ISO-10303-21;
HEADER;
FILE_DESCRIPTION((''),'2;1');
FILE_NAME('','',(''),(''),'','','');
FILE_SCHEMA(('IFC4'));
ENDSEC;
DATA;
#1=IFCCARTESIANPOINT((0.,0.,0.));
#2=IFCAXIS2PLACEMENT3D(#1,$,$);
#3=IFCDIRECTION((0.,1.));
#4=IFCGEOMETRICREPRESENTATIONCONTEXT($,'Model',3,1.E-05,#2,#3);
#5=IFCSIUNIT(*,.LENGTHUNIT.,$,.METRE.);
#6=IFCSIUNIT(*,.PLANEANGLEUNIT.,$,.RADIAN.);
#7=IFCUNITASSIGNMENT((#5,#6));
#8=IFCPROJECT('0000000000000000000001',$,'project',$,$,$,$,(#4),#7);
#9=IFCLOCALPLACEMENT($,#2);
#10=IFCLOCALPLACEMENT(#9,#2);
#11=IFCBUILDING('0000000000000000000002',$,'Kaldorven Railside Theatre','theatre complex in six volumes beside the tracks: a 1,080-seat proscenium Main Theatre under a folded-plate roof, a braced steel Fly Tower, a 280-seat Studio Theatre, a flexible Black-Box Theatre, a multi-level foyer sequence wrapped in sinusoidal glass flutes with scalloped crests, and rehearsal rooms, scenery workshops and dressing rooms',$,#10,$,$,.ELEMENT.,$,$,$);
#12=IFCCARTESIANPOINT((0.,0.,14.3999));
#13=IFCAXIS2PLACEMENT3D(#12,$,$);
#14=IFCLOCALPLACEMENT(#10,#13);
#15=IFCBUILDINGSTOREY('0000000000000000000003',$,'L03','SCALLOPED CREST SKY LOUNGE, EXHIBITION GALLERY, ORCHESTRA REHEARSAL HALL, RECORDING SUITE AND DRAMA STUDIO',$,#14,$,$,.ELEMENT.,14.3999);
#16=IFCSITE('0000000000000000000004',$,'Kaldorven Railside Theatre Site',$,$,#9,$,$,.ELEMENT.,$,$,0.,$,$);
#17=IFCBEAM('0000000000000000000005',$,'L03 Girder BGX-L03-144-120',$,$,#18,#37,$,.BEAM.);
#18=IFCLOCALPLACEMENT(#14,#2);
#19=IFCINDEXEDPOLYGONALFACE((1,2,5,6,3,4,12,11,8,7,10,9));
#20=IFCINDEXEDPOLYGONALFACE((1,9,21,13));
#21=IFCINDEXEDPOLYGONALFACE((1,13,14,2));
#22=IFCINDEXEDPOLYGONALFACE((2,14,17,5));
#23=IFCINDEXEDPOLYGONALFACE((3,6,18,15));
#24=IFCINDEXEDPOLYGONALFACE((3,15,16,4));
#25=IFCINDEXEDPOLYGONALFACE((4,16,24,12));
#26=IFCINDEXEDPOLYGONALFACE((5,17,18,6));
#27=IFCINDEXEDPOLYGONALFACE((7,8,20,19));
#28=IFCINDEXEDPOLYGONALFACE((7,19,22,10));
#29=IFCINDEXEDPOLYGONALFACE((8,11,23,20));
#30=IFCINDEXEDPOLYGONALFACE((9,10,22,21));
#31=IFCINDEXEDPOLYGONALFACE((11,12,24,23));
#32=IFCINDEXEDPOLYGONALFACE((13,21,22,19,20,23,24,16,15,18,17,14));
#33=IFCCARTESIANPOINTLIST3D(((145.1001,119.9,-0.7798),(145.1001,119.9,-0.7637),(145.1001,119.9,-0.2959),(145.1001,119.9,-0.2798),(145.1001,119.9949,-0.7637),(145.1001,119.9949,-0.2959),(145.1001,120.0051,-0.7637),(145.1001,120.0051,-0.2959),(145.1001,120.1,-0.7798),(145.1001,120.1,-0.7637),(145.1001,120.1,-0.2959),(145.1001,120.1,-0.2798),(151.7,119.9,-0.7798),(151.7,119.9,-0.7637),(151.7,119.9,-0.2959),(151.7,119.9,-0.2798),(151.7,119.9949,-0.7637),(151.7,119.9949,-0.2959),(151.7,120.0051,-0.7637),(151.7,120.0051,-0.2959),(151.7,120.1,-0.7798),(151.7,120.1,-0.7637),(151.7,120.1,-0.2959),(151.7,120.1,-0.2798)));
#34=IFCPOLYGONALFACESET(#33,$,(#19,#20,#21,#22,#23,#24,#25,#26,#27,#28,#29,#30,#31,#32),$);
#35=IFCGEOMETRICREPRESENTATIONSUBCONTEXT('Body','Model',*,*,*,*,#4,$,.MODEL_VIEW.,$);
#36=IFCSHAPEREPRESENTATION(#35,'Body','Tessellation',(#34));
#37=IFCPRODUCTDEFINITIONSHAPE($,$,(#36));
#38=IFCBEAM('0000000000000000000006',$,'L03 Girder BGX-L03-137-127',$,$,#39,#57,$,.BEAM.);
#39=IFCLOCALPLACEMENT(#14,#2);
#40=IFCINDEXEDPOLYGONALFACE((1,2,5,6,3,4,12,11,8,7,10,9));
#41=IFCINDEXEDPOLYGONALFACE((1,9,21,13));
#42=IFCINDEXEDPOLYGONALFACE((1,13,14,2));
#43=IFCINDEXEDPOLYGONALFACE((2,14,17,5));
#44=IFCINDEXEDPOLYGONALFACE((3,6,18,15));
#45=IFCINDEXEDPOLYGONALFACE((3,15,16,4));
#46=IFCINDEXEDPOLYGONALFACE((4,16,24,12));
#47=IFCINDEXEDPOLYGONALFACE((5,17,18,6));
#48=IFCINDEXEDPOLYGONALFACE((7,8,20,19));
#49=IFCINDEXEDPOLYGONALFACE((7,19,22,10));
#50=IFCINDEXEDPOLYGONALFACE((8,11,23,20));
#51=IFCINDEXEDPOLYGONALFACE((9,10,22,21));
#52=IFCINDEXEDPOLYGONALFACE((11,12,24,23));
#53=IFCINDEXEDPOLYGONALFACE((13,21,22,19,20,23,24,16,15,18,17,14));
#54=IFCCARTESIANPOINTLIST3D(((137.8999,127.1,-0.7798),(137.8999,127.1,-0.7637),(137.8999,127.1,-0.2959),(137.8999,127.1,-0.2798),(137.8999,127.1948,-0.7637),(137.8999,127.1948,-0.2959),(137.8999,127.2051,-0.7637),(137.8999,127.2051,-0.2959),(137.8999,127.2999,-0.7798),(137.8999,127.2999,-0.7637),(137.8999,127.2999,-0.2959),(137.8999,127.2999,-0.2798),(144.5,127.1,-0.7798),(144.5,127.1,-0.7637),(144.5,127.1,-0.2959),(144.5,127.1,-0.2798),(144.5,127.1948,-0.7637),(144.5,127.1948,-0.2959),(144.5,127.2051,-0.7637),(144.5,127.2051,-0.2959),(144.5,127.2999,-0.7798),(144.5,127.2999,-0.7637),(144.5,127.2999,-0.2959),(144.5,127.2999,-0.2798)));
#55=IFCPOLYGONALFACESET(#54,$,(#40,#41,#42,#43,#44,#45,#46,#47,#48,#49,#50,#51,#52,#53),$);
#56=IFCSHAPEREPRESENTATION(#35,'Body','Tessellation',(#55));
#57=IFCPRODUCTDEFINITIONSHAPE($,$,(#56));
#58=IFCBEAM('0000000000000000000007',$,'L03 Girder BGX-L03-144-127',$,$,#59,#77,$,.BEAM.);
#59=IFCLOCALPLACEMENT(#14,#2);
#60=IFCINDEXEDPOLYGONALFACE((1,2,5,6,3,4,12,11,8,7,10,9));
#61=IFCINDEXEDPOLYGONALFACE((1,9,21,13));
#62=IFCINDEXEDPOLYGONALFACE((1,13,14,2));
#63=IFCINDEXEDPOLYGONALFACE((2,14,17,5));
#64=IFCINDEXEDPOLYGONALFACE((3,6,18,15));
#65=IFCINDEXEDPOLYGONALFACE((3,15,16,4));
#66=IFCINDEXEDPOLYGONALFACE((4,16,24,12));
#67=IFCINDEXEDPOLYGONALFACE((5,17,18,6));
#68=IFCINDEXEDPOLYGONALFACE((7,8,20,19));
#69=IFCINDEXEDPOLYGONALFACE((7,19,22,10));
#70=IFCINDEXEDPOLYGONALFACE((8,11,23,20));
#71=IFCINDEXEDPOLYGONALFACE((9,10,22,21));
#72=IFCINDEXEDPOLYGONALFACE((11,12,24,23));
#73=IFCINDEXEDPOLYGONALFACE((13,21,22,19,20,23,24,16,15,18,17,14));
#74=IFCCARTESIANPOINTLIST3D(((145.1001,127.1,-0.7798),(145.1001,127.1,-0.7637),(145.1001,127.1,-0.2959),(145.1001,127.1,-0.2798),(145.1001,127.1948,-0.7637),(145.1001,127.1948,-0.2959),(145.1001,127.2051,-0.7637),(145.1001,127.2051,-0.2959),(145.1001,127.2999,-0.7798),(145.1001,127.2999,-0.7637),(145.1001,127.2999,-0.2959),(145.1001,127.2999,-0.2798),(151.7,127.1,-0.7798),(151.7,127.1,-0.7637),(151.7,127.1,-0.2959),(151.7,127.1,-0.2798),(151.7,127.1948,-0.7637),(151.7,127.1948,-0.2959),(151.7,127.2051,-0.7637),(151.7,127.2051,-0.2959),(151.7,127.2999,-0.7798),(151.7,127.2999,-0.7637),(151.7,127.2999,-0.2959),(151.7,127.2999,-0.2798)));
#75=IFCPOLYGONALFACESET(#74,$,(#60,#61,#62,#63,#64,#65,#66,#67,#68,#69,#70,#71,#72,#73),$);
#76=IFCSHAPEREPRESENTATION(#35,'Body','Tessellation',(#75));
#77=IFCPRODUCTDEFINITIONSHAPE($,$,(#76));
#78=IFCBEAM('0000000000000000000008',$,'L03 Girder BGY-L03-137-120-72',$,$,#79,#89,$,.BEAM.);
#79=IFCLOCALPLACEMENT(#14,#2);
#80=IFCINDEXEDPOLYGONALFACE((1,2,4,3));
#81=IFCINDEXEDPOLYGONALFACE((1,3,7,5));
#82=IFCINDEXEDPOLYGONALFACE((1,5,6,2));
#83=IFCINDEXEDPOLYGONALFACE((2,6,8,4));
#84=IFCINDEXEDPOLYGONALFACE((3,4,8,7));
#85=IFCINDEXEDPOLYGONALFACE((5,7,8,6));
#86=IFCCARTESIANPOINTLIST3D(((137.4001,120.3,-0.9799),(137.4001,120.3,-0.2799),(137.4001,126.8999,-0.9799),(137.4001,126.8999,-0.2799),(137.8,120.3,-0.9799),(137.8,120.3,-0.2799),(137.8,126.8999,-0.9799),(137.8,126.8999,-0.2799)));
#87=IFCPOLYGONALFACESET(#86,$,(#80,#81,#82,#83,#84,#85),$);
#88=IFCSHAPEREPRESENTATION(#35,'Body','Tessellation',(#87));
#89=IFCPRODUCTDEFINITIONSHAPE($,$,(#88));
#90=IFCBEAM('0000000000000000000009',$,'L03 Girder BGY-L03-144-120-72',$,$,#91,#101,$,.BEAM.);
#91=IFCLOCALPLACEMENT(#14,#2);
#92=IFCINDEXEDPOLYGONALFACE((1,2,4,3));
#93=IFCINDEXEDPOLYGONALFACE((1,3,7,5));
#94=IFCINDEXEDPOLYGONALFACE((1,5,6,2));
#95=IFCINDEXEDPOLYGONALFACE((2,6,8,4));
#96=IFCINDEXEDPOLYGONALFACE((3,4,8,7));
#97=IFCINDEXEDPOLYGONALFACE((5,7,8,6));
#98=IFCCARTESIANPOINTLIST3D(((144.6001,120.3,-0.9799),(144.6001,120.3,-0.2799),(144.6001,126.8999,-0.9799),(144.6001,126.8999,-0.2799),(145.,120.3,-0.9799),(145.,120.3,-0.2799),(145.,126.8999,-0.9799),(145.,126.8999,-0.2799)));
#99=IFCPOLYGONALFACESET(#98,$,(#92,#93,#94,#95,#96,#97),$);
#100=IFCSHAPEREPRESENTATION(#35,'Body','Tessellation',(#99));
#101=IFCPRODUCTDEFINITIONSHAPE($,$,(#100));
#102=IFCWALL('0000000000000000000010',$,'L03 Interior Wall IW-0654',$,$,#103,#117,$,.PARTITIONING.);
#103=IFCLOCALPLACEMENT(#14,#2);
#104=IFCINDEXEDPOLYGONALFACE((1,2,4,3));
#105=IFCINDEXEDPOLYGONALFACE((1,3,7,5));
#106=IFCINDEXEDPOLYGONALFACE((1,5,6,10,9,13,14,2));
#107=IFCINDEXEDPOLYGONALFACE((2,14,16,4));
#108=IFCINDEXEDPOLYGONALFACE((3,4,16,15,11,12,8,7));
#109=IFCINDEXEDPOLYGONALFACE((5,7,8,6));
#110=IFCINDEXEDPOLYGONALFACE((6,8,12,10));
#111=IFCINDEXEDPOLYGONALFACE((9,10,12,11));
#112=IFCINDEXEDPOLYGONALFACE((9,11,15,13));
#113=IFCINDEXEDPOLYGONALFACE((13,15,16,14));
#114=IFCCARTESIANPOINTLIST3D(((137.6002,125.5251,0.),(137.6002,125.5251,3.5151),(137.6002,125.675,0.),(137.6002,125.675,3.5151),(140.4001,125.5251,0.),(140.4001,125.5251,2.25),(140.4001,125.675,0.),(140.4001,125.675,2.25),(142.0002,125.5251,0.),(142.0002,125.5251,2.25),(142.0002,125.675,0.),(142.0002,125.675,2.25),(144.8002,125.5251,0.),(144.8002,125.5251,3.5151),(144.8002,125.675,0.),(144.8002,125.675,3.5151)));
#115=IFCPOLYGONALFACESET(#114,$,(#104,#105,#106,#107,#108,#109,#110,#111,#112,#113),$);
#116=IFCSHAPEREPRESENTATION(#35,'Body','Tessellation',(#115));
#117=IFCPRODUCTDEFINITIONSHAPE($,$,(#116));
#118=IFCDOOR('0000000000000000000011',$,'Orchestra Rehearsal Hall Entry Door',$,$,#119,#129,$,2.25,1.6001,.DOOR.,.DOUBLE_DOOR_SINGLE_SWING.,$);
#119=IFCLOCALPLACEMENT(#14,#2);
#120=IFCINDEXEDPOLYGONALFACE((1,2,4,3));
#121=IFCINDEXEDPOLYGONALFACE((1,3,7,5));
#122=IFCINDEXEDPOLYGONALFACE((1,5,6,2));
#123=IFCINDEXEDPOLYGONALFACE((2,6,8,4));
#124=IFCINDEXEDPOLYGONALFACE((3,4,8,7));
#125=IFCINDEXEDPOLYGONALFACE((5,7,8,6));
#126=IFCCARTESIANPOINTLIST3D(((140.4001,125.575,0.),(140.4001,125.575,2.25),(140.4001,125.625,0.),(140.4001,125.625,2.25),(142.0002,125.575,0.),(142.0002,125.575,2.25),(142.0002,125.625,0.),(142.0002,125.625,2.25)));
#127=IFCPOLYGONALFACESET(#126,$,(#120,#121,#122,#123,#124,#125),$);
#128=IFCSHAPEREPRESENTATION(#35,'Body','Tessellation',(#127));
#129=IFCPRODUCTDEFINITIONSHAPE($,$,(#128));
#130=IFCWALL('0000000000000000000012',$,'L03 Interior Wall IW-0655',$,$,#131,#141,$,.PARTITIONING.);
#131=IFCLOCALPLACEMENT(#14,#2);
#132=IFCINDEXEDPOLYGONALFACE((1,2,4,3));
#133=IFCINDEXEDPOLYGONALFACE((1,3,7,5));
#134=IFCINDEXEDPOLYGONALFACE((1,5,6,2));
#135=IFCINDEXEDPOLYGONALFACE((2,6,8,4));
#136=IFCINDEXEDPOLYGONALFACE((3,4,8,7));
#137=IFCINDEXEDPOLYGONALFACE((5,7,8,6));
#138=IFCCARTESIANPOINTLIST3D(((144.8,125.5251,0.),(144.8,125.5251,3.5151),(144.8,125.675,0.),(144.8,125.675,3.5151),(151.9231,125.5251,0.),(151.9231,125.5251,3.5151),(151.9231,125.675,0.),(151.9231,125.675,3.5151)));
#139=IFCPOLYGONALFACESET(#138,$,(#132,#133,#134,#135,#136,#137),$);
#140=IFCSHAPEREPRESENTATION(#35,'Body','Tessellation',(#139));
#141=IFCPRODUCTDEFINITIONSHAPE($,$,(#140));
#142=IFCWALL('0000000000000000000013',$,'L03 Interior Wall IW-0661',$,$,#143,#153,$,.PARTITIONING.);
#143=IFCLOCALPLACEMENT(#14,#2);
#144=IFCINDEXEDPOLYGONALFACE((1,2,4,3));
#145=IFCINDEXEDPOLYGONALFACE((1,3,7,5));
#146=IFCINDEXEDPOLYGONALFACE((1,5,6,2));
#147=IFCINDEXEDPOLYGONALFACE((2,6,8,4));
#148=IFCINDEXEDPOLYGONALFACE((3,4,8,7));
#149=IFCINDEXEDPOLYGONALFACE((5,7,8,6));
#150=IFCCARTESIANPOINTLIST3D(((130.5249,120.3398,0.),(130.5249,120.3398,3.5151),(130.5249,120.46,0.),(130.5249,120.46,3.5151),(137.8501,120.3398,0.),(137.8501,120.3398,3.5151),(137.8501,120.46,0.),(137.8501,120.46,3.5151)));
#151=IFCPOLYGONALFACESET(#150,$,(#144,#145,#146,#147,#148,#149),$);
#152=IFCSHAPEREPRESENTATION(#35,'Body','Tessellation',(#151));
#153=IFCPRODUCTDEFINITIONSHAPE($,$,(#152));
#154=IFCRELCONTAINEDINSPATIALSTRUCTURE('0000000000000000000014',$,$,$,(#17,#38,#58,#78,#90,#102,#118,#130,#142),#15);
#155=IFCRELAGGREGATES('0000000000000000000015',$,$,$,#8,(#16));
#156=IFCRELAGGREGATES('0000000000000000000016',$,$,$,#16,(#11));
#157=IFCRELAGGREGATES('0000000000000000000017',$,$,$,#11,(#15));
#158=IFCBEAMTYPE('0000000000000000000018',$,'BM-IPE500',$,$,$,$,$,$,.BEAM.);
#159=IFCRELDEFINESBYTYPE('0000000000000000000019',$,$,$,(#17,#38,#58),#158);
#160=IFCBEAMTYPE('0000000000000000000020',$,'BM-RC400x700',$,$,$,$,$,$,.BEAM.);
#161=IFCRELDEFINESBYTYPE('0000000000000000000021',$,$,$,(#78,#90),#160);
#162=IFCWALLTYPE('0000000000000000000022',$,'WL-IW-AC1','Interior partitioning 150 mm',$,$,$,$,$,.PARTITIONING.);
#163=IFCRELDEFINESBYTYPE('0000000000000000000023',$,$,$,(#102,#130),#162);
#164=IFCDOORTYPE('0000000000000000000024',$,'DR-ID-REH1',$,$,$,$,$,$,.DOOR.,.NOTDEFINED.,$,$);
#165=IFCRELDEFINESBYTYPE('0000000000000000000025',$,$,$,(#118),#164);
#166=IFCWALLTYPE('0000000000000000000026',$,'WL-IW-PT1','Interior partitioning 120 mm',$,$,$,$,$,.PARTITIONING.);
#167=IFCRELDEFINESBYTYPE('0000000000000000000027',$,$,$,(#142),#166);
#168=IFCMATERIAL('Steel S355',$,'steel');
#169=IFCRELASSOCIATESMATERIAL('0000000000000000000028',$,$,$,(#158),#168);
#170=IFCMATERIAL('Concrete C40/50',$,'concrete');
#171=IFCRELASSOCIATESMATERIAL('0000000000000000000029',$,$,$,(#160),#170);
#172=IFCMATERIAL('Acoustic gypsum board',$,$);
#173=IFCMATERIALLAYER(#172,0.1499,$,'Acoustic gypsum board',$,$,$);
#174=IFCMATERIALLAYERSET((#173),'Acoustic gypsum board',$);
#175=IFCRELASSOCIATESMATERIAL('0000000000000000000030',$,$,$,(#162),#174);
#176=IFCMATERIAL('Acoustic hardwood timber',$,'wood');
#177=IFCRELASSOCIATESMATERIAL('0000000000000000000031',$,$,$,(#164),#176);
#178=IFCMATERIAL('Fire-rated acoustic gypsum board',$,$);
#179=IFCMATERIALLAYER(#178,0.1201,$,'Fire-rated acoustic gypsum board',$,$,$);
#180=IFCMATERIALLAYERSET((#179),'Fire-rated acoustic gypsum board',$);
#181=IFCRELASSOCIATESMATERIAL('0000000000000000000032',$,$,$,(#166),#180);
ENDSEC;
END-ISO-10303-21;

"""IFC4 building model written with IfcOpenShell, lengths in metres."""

from ifc_helpers import new_model, si_unit, direction, frame, frame_2d, origin, origin_2d, place, context, subcontext, project, spatial, rectangle, i_section, extrude, material, layer, layer_set, material_profile, profile_set, type_object, element, fill, save


model = new_model("IFC4")

# Units and contexts
model_context = context("Model", 3, precision=1e-05, world=origin(), true_north=direction((0.0, 1.0)))
body_context = subcontext(model_context, "Body", "Model", "MODEL_VIEW")
ifc_project = project(units=[si_unit("LENGTHUNIT", "METRE"), si_unit("PLANEANGLEUNIT", "RADIAN")], contexts=[model_context])

# Site, building, storey
site_placement = place(None, origin())
site = spatial("IfcSite", under=ifc_project, at=site_placement, Name="Kaldorven Railside Theatre Site", CompositionType="ELEMENT", RefElevation=0.0)
building_placement = place(site_placement, origin())
building = spatial("IfcBuilding", under=site, at=building_placement, Name="Kaldorven Railside Theatre", Description="theatre complex in six volumes beside the tracks: a 1,080-seat proscenium Main Theatre under a folded-plate roof, a braced steel Fly Tower, a 280-seat Studio Theatre, a flexible Black-Box Theatre, a multi-level foyer sequence wrapped in sinusoidal glass flutes with scalloped crests, and rehearsal rooms, scenery workshops and dressing rooms", CompositionType="ELEMENT")
storey_placement = place(building_placement, frame((0.0, 0.0, 14.3999)))
storey = spatial("IfcBuildingStorey", under=building, at=storey_placement, Name="L03", Description="SCALLOPED CREST SKY LOUNGE, EXHIBITION GALLERY, ORCHESTRA REHEARSAL HALL, RECORDING SUITE AND DRAMA STUDIO", CompositionType="ELEMENT", Elevation=14.3999)

# Shared definitions
ifc_material_1 = material(Name="Concrete C40/50", Category="concrete")

# Beams
ifc_material_2 = material(Name="Steel S355", Category="steel")
ifc_material_profile_1 = material_profile(ifc_material_2, i_section(OverallWidth=0.2, OverallDepth=0.5, WebThickness=0.0103, FlangeThickness=0.0161, at=origin_2d()), Name="IPE 500")
ifc_profile_set_1 = profile_set([ifc_material_profile_1], Name="Steel S355")
beam_type_1 = type_object("IfcBeamType", Name="BM-IPE500", PredefinedType="BEAM", material=ifc_profile_set_1)
beam_1_placement = place(storey_placement, frame((145.1001, 120.0, -0.5298), z_axis=(1.0, 0.0, 0.0), x_axis=(0.0, 1.0, 0.0)))
element("IfcBeam", 1, at=beam_1_placement, inside=storey, type_object=beam_type_1, Name="L03 Girder BGX-L03-144-120", PredefinedType="BEAM", context=body_context, shape_type="SweptSolid", body=[
    extrude(i_section(OverallWidth=0.2, OverallDepth=0.5, WebThickness=0.0103, FlangeThickness=0.0161, at=origin_2d()), origin(), (0.0, 0.0, 1.0), 6.5999),
])
beam_2_placement = place(storey_placement, frame((137.8999, 127.2, -0.5298), z_axis=(1.0, 0.0, 0.0), x_axis=(0.0, 1.0, 0.0)))
element("IfcBeam", 2, at=beam_2_placement, inside=storey, type_object=beam_type_1, Name="L03 Girder BGX-L03-137-127", PredefinedType="BEAM", context=body_context, shape_type="SweptSolid", body=[
    extrude(i_section(OverallWidth=0.2, OverallDepth=0.5, WebThickness=0.0103, FlangeThickness=0.0161, at=origin_2d()), origin(), (0.0, 0.0, 1.0), 6.6001),
])
beam_3_placement = place(storey_placement, frame((145.1001, 127.2, -0.5298), z_axis=(1.0, 0.0, 0.0), x_axis=(0.0, 1.0, 0.0)))
element("IfcBeam", 3, at=beam_3_placement, inside=storey, type_object=beam_type_1, Name="L03 Girder BGX-L03-144-127", PredefinedType="BEAM", context=body_context, shape_type="SweptSolid", body=[
    extrude(i_section(OverallWidth=0.2, OverallDepth=0.5, WebThickness=0.0103, FlangeThickness=0.0161, at=origin_2d()), origin(), (0.0, 0.0, 1.0), 6.5999),
])
ifc_material_profile_2 = material_profile(ifc_material_1, rectangle(XDim=0.3999, YDim=0.7, at=origin_2d()), Name="RC 400x700")
ifc_profile_set_2 = profile_set([ifc_material_profile_2], Name="Concrete C40/50")
beam_type_2 = type_object("IfcBeamType", Name="BM-RC400x700", PredefinedType="BEAM", material=ifc_profile_set_2)
for number, where, z_axis, x_axis, name in (
    (4, (137.6001, 120.3, -0.6299), (0.0, 1.0, 0.0), (-1.0, 0.0, 0.0), "L03 Girder BGY-L03-137-120-72"),
    (5, (144.8, 120.3, -0.6299), (0.0, 1.0, 0.0), (-1.0, 0.0, 0.0), "L03 Girder BGY-L03-144-120-72"),
):
    element("IfcBeam", number, at=place(storey_placement, frame(where, z_axis=z_axis, x_axis=x_axis)), inside=storey, type_object=beam_type_2, Name=name, PredefinedType="BEAM", context=body_context, shape_type="SweptSolid", body=[
        extrude(rectangle(XDim=0.3999, YDim=0.7, at=origin_2d()), origin(), (0.0, 0.0, 1.0), 6.5999),
    ])

# Wall, opening, door
ifc_material_3 = material(Name="Acoustic gypsum board")
ifc_layer_1 = layer(ifc_material_3, 0.1499, Name="Acoustic gypsum board")
ifc_layer_set_1 = layer_set([ifc_layer_1], Name="Acoustic gypsum board")
wall_type_1 = type_object("IfcWallType", Name="WL-IW-AC1", Description="Interior partitioning 150 mm", PredefinedType="PARTITIONING", material=ifc_layer_set_1)
wall_1_placement = place(storey_placement, frame((137.6001, 125.6001, 0.0), z_axis=(0.0, 0.0, 1.0), x_axis=(1.0, 0.0, 0.0)))
wall_1 = element("IfcWall", 6, at=wall_1_placement, inside=storey, type_object=wall_type_1, Name="L03 Interior Wall IW-0654", PredefinedType="PARTITIONING", context=body_context, shape_type="SweptSolid", body=[
    extrude(rectangle(XDim=7.2, YDim=0.1499, at=frame_2d((3.6001, 0.0))), origin(), (0.0, 0.0, 1.0), 3.5151),
])
opening_placement = place(wall_1_placement, frame((2.8, 0.0, 0.0)))
opening = element("IfcOpeningElement", 7, at=opening_placement, cuts=wall_1, PredefinedType="OPENING", context=body_context, shape_type="SweptSolid", body=[
    extrude(rectangle(XDim=1.6001, YDim=2.25, at=frame_2d((0.8, 1.125))), frame((0.0, 0.085, 0.0), z_axis=(0.0, -1.0, 0.0), x_axis=(1.0, 0.0, 0.0)), (0.0, 0.0, 1.0), 0.1699),
])
ifc_material_4 = material(Name="Acoustic hardwood timber", Category="wood")
door_type = type_object("IfcDoorType", Name="DR-ID-REH1", OperationType="NOTDEFINED", PredefinedType="DOOR", material=ifc_material_4)
door_placement = place(opening_placement, origin())
door = element("IfcDoor", 8, at=door_placement, inside=storey, type_object=door_type, Name="Orchestra Rehearsal Hall Entry Door", OperationType="DOUBLE_DOOR_SINGLE_SWING", OverallHeight=2.25, OverallWidth=1.6001, PredefinedType="DOOR", context=body_context, shape_type="SweptSolid", body=[
    extrude(rectangle(XDim=1.6001, YDim=2.25, at=frame_2d((0.8, 1.125))), frame((0.0, 0.0249, 0.0), z_axis=(0.0, -1.0, 0.0), x_axis=(1.0, 0.0, 0.0)), (0.0, 0.0, 1.0), 0.05),
])
fill(opening, door)

# Walls
wall_2_placement = place(storey_placement, frame((144.8, 125.6001, 0.0), z_axis=(0.0, 0.0, 1.0), x_axis=(1.0, 0.0, 0.0)))
element("IfcWall", 9, at=wall_2_placement, inside=storey, type_object=wall_type_1, Name="L03 Interior Wall IW-0655", PredefinedType="PARTITIONING", context=body_context, shape_type="SweptSolid", body=[
    extrude(rectangle(XDim=7.123, YDim=0.1499, at=frame_2d((3.5615, 0.0))), origin(), (0.0, 0.0, 1.0), 3.5151),
])
ifc_material_5 = material(Name="Fire-rated acoustic gypsum board")
ifc_layer_2 = layer(ifc_material_5, 0.1201, Name="Fire-rated acoustic gypsum board")
ifc_layer_set_2 = layer_set([ifc_layer_2], Name="Fire-rated acoustic gypsum board")
wall_type_2 = type_object("IfcWallType", Name="WL-IW-PT1", Description="Interior partitioning 120 mm", PredefinedType="PARTITIONING", material=ifc_layer_set_2)
wall_3_placement = place(storey_placement, frame((137.8501, 120.3999, 0.0), z_axis=(0.0, 0.0, 1.0), x_axis=(-1.0, 0.0, 0.0)))
element("IfcWall", 10, at=wall_3_placement, inside=storey, type_object=wall_type_2, Name="L03 Interior Wall IW-0661", PredefinedType="PARTITIONING", context=body_context, shape_type="SweptSolid", body=[
    extrude(rectangle(XDim=7.3252, YDim=0.1201, at=frame_2d((3.6626, 0.0))), origin(), (0.0, 0.0, 1.0), 3.5151),
])

save(model, "model.ifc")
